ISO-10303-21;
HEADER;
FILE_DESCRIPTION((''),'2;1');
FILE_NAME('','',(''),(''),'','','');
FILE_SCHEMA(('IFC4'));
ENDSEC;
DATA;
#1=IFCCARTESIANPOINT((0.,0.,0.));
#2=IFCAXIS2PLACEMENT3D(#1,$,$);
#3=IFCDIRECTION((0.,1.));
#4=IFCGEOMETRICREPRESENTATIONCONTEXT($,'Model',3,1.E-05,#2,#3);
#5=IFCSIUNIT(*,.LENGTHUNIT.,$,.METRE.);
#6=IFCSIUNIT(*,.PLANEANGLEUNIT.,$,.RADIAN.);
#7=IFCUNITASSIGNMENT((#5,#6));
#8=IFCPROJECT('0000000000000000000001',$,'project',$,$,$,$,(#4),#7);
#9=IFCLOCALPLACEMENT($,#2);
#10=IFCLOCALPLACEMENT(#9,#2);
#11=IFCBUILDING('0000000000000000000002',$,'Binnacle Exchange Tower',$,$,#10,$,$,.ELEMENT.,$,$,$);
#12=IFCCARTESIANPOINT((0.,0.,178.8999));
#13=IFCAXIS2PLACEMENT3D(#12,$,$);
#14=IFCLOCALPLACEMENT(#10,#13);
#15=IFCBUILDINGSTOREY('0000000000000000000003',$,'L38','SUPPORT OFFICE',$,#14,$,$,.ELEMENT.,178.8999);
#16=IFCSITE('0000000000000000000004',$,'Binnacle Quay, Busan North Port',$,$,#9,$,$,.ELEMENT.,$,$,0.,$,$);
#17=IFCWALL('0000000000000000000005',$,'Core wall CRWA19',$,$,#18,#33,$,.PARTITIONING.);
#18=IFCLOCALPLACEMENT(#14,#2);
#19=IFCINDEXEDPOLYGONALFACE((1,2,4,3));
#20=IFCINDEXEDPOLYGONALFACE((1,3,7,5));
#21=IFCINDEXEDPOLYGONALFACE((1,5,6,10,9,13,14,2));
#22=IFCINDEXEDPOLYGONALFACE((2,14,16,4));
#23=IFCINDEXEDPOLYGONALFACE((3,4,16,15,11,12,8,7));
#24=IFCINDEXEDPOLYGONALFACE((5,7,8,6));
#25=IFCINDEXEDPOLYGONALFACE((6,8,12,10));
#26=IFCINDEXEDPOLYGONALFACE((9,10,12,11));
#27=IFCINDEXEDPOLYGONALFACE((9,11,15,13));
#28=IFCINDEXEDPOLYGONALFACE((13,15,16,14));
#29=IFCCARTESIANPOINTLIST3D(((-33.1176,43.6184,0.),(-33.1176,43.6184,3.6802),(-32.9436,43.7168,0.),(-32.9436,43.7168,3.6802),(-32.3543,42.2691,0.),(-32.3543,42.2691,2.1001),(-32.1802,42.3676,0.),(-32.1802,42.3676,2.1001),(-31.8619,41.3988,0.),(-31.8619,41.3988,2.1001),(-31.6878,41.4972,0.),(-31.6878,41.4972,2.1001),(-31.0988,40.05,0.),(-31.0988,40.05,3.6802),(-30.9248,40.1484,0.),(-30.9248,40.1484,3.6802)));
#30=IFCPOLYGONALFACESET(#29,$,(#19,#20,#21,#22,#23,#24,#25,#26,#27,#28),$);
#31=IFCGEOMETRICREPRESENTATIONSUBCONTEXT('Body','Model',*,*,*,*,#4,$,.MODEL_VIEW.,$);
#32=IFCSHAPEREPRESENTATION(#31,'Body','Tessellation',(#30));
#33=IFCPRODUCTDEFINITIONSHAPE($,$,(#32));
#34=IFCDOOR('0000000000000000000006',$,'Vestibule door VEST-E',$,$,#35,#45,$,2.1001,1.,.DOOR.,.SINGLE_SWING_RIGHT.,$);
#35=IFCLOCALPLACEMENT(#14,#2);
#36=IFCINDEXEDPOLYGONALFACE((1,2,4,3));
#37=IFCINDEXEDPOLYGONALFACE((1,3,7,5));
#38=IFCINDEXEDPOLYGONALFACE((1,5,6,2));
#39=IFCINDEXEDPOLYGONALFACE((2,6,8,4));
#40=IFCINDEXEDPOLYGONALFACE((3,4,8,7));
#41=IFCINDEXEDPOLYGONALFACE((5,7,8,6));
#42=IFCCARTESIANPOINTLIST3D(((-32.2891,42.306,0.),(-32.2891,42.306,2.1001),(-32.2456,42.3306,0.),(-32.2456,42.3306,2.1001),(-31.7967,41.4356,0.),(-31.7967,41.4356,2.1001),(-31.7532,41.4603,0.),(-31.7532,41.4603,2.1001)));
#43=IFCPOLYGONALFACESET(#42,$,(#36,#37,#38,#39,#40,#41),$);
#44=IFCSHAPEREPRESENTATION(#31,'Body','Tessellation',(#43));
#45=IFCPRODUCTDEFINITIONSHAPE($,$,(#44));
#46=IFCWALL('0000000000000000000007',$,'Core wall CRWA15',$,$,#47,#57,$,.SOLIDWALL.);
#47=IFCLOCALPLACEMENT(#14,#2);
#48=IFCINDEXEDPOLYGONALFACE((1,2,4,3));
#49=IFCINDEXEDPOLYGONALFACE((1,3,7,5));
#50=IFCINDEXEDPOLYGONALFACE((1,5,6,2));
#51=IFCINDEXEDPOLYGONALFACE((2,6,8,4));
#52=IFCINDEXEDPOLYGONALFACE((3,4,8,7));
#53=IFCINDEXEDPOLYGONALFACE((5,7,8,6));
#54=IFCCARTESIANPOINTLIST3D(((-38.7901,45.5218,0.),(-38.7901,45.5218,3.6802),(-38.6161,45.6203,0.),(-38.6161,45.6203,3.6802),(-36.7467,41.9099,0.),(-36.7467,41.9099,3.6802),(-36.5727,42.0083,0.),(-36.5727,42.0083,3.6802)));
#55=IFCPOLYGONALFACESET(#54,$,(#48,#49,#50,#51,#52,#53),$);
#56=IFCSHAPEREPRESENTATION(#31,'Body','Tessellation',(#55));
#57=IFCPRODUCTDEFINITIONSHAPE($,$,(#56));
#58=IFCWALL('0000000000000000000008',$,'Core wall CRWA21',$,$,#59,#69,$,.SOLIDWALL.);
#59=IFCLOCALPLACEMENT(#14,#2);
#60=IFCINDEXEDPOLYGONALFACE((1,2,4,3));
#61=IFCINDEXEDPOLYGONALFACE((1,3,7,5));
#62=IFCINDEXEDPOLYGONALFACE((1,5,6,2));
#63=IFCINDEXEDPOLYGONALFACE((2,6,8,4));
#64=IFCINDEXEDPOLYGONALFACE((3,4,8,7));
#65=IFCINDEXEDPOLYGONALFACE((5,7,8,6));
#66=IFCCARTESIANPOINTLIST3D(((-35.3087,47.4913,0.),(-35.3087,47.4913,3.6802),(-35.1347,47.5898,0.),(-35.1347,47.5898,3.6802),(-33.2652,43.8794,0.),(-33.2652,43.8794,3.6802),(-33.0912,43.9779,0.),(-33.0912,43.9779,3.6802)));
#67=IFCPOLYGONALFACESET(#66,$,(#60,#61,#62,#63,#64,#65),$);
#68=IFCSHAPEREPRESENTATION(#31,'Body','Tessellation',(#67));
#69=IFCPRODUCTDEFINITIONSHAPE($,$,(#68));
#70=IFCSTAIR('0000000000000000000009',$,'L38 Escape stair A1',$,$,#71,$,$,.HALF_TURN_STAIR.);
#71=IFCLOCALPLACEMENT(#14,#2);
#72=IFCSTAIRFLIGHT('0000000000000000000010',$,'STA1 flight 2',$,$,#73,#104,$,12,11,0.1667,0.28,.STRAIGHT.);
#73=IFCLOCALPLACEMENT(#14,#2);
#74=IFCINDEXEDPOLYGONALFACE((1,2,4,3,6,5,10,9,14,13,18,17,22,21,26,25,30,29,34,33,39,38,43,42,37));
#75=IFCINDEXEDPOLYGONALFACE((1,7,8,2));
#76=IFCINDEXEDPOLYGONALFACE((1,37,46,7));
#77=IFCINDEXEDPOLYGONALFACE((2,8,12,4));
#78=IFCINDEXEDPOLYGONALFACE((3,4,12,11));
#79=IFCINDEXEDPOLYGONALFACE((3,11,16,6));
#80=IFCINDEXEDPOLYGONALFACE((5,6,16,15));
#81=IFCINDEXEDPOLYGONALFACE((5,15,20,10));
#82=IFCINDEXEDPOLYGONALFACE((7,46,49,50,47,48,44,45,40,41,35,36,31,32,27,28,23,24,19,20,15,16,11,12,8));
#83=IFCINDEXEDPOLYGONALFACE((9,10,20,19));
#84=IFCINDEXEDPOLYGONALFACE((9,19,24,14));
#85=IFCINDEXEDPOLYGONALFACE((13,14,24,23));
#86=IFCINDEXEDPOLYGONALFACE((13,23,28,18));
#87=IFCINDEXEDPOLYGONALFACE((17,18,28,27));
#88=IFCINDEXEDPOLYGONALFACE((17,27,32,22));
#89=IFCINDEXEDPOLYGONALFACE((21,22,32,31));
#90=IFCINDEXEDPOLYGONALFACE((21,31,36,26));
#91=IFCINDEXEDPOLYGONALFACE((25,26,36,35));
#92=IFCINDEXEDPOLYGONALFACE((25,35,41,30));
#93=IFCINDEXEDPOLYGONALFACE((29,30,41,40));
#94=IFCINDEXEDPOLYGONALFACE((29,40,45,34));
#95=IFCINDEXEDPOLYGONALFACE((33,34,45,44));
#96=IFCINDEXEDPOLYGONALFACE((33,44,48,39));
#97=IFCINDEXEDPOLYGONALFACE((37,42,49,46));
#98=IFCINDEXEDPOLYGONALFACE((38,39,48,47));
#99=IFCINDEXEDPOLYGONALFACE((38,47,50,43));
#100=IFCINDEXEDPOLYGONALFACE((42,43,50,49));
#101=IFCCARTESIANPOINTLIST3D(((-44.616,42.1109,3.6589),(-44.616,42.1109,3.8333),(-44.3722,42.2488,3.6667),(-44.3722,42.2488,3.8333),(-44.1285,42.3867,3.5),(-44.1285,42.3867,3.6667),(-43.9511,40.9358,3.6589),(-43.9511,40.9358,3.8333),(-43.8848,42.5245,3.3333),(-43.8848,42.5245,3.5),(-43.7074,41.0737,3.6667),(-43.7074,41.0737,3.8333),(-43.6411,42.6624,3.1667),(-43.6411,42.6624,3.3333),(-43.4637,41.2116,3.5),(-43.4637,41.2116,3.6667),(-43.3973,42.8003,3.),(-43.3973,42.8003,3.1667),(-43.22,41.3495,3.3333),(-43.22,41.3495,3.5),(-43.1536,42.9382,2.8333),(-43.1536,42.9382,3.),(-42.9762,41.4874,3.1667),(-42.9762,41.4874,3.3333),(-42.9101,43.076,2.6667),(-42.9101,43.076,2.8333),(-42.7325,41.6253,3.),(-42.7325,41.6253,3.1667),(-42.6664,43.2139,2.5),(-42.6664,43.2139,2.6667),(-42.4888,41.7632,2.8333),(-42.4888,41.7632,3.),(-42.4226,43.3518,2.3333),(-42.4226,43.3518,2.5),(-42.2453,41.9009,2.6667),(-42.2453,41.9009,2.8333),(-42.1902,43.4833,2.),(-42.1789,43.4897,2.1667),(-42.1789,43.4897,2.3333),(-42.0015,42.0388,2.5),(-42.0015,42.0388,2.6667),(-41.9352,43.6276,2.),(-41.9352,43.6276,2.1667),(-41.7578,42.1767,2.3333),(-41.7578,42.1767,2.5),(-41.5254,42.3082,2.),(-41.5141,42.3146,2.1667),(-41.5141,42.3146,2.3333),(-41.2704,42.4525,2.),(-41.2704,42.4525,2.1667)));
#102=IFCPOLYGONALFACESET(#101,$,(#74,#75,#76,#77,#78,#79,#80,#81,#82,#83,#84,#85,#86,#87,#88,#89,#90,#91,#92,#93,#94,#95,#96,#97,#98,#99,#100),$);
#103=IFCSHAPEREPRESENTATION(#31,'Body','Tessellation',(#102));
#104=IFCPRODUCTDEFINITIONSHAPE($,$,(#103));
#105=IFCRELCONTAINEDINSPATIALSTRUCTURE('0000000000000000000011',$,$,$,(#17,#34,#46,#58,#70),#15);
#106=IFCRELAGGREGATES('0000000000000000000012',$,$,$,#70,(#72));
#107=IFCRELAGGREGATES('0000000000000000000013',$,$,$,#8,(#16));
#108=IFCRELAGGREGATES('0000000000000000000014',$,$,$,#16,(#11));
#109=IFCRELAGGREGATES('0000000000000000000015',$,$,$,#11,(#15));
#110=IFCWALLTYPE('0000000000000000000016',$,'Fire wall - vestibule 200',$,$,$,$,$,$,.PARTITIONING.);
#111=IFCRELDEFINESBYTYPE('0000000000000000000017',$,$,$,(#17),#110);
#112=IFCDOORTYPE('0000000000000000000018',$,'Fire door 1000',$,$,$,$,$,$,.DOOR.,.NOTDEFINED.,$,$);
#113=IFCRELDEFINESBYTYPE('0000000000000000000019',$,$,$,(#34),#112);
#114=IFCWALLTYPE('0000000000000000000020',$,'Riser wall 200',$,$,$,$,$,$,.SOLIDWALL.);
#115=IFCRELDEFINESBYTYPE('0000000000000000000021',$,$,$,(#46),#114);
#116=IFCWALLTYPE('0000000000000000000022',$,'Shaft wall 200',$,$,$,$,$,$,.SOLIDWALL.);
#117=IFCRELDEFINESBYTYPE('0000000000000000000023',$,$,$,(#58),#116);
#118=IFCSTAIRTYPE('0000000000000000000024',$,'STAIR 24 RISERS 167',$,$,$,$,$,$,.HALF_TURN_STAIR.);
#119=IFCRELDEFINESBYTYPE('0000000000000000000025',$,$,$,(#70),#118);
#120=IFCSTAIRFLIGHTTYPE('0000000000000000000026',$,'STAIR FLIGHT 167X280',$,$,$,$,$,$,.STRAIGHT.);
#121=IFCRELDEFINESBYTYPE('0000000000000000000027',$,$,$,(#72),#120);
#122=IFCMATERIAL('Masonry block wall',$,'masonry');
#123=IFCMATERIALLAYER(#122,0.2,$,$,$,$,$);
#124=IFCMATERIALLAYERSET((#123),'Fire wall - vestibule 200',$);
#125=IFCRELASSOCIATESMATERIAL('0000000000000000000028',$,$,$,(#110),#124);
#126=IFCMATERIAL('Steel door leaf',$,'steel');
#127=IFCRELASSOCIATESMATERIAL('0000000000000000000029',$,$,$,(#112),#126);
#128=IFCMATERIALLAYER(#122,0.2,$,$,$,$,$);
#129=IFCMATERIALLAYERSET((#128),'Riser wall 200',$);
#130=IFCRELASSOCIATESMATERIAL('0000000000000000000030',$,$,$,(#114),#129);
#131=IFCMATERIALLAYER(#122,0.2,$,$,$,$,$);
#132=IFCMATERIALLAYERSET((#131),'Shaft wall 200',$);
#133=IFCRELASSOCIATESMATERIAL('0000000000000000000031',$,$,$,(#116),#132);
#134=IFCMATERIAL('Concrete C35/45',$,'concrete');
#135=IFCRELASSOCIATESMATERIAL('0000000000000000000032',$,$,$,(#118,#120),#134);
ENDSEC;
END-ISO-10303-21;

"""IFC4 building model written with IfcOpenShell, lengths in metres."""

from ifc_helpers import new_model, si_unit, direction, frame, frame_2d, origin, place, context, subcontext, project, spatial, polyline, rectangle, outline, extrude, material, layer, layer_set, type_object, element, fill, aggregate, save


model = new_model("IFC4")

# Units and contexts
model_context = context("Model", 3, precision=1e-05, world=origin(), true_north=direction((0.0, 1.0)))
body_context = subcontext(model_context, "Body", "Model", "MODEL_VIEW")
ifc_project = project(units=[si_unit("LENGTHUNIT", "METRE"), si_unit("PLANEANGLEUNIT", "RADIAN")], contexts=[model_context])

# Site, building, storey
site_placement = place(None, origin())
site = spatial("IfcSite", under=ifc_project, at=site_placement, Name="Binnacle Quay, Busan North Port", CompositionType="ELEMENT", RefElevation=0.0)
building_placement = place(site_placement, origin())
building = spatial("IfcBuilding", under=site, at=building_placement, Name="Binnacle Exchange Tower", CompositionType="ELEMENT")
storey_placement = place(building_placement, frame((0.0, 0.0, 178.8999)))
storey = spatial("IfcBuildingStorey", under=building, at=storey_placement, Name="L38", Description="SUPPORT OFFICE", CompositionType="ELEMENT", Elevation=178.8999)

# Wall, opening, door
ifc_material_1 = material(Name="Masonry block wall", Category="masonry")
ifc_layer_1 = layer(ifc_material_1, 0.2)
ifc_layer_set_1 = layer_set([ifc_layer_1], Name="Fire wall - vestibule 200")
wall_type_1 = type_object("IfcWallType", Name="Fire wall - vestibule 200", PredefinedType="PARTITIONING", material=ifc_layer_set_1)
wall_1_placement = place(storey_placement, frame((-33.0305, 43.6675, 0.0), z_axis=(0.0, 0.0, 1.0), x_axis=(0.492408, -0.870364, 0.0)))
wall_1 = element("IfcWall", 1, at=wall_1_placement, inside=storey, type_object=wall_type_1, Name="Core wall CRWA19", PredefinedType="PARTITIONING", context=body_context, shape_type="SweptSolid", body=[
    extrude(rectangle(XDim=4.0999, YDim=0.2, at=frame_2d((2.0498, 0.0))), origin(), (0.0, 0.0, 1.0), 3.6802),
])
opening_placement = place(wall_1_placement, frame((1.55, 0.0, 0.0)))
opening = element("IfcOpeningElement", 2, at=opening_placement, cuts=wall_1, PredefinedType="OPENING", context=body_context, shape_type="SweptSolid", body=[
    extrude(rectangle(XDim=1.0, YDim=2.1001, at=frame_2d((0.5, 1.05))), frame((0.0, 0.1099, 0.0), z_axis=(0.0, -1.0, 0.0), x_axis=(1.0, 0.0, 0.0)), (0.0, 0.0, 1.0), 0.22),
])
ifc_material_2 = material(Name="Steel door leaf", Category="steel")
door_type = type_object("IfcDoorType", Name="Fire door 1000", OperationType="NOTDEFINED", PredefinedType="DOOR", material=ifc_material_2)
door_placement = place(opening_placement, origin())
door = element("IfcDoor", 3, at=door_placement, inside=storey, type_object=door_type, Name="Vestibule door VEST-E", OperationType="SINGLE_SWING_RIGHT", OverallHeight=2.1001, OverallWidth=1.0, PredefinedType="DOOR", context=body_context, shape_type="SweptSolid", body=[
    extrude(rectangle(XDim=1.0, YDim=2.1001, at=frame_2d((0.5, 1.05))), frame((0.0, 0.0249, 0.0), z_axis=(0.0, -1.0, 0.0), x_axis=(1.0, 0.0, 0.0)), (0.0, 0.0, 1.0), 0.05),
])
fill(opening, door)

# Walls
ifc_layer_2 = layer(ifc_material_1, 0.2)
ifc_layer_set_2 = layer_set([ifc_layer_2], Name="Riser wall 200")
wall_type_2 = type_object("IfcWallType", Name="Riser wall 200", PredefinedType="SOLIDWALL", material=ifc_layer_set_2)
wall_2_placement = place(storey_placement, frame((-38.7031, 45.571, 0.0), z_axis=(0.0, 0.0, 1.0), x_axis=(0.492396, -0.870371, 0.0)))
element("IfcWall", 4, at=wall_2_placement, inside=storey, type_object=wall_type_2, Name="Core wall CRWA15", PredefinedType="SOLIDWALL", context=body_context, shape_type="SweptSolid", body=[
    extrude(rectangle(XDim=4.1499, YDim=0.2, at=frame_2d((2.075, 0.0))), origin(), (0.0, 0.0, 1.0), 3.6802),
])
ifc_layer_3 = layer(ifc_material_1, 0.2)
ifc_layer_set_3 = layer_set([ifc_layer_3], Name="Shaft wall 200")
wall_type_3 = type_object("IfcWallType", Name="Shaft wall 200", PredefinedType="SOLIDWALL", material=ifc_layer_set_3)
wall_3_placement = place(storey_placement, frame((-35.2217, 47.5405, 0.0), z_axis=(0.0, 0.0, 1.0), x_axis=(0.492422, -0.870357, 0.0)))
element("IfcWall", 5, at=wall_3_placement, inside=storey, type_object=wall_type_3, Name="Core wall CRWA21", PredefinedType="SOLIDWALL", context=body_context, shape_type="SweptSolid", body=[
    extrude(rectangle(XDim=4.1499, YDim=0.2, at=frame_2d((2.075, 0.0))), origin(), (0.0, 0.0, 1.0), 3.6802),
])

# Stair, stair flight
ifc_material_3 = material(Name="Concrete C35/45", Category="concrete")
stair_type = type_object("IfcStairType", Name="STAIR 24 RISERS 167", PredefinedType="HALF_TURN_STAIR", material=ifc_material_3)
stair_placement = place(storey_placement, origin())
stair = element("IfcStair", 6, at=stair_placement, inside=storey, type_object=stair_type, Name="L38 Escape stair A1", PredefinedType="HALF_TURN_STAIR")
stair_flight_type = type_object("IfcStairFlightType", Name="STAIR FLIGHT 167X280", PredefinedType="STRAIGHT", material=ifc_material_3)
stair_flight_placement = place(storey_placement, frame((-41.6028, 43.04, 2.0), z_axis=(0.0, 0.0, 1.0), x_axis=(-0.870356, -0.492424, 0.0)))
stair_flight = element("IfcStairFlight", 7, at=stair_flight_placement, type_object=stair_flight_type, Name="STA1 flight 2", NumberOfRisers=12, NumberOfTreads=11, PredefinedType="STRAIGHT", RiserHeight=0.1667, TreadLength=0.28, context=body_context, shape_type="SweptSolid", body=[
    extrude(outline(polyline([(0.0, 0.0), (0.0, 0.1667), (0.28, 0.1667), (0.28, 0.3333), (0.5601, 0.3333), (0.5601, 0.5), (0.8401, 0.5), (0.8401, 0.6667), (1.1201, 0.6667), (1.1201, 0.8333), (1.3999, 0.8333), (1.3999, 1.0), (1.6799, 1.0), (1.6799, 1.1667), (1.96, 1.1667), (1.96, 1.3333), (2.24, 1.3333), (2.24, 1.5), (2.52, 1.5), (2.52, 1.6667), (2.8, 1.6667), (2.8, 1.8333), (3.0801, 1.8333), (3.0801, 2.0), (3.0801, 1.6589), (0.293, 0.0), (0.0, 0.0)])), frame((0.0, 0.675, 0.0), z_axis=(0.0, -1.0, 0.0), x_axis=(1.0, 0.0, 0.0)), (0.0, 0.0, 1.0), 1.3501),
])
aggregate(stair, [stair_flight])

save(model, "model.ifc")
